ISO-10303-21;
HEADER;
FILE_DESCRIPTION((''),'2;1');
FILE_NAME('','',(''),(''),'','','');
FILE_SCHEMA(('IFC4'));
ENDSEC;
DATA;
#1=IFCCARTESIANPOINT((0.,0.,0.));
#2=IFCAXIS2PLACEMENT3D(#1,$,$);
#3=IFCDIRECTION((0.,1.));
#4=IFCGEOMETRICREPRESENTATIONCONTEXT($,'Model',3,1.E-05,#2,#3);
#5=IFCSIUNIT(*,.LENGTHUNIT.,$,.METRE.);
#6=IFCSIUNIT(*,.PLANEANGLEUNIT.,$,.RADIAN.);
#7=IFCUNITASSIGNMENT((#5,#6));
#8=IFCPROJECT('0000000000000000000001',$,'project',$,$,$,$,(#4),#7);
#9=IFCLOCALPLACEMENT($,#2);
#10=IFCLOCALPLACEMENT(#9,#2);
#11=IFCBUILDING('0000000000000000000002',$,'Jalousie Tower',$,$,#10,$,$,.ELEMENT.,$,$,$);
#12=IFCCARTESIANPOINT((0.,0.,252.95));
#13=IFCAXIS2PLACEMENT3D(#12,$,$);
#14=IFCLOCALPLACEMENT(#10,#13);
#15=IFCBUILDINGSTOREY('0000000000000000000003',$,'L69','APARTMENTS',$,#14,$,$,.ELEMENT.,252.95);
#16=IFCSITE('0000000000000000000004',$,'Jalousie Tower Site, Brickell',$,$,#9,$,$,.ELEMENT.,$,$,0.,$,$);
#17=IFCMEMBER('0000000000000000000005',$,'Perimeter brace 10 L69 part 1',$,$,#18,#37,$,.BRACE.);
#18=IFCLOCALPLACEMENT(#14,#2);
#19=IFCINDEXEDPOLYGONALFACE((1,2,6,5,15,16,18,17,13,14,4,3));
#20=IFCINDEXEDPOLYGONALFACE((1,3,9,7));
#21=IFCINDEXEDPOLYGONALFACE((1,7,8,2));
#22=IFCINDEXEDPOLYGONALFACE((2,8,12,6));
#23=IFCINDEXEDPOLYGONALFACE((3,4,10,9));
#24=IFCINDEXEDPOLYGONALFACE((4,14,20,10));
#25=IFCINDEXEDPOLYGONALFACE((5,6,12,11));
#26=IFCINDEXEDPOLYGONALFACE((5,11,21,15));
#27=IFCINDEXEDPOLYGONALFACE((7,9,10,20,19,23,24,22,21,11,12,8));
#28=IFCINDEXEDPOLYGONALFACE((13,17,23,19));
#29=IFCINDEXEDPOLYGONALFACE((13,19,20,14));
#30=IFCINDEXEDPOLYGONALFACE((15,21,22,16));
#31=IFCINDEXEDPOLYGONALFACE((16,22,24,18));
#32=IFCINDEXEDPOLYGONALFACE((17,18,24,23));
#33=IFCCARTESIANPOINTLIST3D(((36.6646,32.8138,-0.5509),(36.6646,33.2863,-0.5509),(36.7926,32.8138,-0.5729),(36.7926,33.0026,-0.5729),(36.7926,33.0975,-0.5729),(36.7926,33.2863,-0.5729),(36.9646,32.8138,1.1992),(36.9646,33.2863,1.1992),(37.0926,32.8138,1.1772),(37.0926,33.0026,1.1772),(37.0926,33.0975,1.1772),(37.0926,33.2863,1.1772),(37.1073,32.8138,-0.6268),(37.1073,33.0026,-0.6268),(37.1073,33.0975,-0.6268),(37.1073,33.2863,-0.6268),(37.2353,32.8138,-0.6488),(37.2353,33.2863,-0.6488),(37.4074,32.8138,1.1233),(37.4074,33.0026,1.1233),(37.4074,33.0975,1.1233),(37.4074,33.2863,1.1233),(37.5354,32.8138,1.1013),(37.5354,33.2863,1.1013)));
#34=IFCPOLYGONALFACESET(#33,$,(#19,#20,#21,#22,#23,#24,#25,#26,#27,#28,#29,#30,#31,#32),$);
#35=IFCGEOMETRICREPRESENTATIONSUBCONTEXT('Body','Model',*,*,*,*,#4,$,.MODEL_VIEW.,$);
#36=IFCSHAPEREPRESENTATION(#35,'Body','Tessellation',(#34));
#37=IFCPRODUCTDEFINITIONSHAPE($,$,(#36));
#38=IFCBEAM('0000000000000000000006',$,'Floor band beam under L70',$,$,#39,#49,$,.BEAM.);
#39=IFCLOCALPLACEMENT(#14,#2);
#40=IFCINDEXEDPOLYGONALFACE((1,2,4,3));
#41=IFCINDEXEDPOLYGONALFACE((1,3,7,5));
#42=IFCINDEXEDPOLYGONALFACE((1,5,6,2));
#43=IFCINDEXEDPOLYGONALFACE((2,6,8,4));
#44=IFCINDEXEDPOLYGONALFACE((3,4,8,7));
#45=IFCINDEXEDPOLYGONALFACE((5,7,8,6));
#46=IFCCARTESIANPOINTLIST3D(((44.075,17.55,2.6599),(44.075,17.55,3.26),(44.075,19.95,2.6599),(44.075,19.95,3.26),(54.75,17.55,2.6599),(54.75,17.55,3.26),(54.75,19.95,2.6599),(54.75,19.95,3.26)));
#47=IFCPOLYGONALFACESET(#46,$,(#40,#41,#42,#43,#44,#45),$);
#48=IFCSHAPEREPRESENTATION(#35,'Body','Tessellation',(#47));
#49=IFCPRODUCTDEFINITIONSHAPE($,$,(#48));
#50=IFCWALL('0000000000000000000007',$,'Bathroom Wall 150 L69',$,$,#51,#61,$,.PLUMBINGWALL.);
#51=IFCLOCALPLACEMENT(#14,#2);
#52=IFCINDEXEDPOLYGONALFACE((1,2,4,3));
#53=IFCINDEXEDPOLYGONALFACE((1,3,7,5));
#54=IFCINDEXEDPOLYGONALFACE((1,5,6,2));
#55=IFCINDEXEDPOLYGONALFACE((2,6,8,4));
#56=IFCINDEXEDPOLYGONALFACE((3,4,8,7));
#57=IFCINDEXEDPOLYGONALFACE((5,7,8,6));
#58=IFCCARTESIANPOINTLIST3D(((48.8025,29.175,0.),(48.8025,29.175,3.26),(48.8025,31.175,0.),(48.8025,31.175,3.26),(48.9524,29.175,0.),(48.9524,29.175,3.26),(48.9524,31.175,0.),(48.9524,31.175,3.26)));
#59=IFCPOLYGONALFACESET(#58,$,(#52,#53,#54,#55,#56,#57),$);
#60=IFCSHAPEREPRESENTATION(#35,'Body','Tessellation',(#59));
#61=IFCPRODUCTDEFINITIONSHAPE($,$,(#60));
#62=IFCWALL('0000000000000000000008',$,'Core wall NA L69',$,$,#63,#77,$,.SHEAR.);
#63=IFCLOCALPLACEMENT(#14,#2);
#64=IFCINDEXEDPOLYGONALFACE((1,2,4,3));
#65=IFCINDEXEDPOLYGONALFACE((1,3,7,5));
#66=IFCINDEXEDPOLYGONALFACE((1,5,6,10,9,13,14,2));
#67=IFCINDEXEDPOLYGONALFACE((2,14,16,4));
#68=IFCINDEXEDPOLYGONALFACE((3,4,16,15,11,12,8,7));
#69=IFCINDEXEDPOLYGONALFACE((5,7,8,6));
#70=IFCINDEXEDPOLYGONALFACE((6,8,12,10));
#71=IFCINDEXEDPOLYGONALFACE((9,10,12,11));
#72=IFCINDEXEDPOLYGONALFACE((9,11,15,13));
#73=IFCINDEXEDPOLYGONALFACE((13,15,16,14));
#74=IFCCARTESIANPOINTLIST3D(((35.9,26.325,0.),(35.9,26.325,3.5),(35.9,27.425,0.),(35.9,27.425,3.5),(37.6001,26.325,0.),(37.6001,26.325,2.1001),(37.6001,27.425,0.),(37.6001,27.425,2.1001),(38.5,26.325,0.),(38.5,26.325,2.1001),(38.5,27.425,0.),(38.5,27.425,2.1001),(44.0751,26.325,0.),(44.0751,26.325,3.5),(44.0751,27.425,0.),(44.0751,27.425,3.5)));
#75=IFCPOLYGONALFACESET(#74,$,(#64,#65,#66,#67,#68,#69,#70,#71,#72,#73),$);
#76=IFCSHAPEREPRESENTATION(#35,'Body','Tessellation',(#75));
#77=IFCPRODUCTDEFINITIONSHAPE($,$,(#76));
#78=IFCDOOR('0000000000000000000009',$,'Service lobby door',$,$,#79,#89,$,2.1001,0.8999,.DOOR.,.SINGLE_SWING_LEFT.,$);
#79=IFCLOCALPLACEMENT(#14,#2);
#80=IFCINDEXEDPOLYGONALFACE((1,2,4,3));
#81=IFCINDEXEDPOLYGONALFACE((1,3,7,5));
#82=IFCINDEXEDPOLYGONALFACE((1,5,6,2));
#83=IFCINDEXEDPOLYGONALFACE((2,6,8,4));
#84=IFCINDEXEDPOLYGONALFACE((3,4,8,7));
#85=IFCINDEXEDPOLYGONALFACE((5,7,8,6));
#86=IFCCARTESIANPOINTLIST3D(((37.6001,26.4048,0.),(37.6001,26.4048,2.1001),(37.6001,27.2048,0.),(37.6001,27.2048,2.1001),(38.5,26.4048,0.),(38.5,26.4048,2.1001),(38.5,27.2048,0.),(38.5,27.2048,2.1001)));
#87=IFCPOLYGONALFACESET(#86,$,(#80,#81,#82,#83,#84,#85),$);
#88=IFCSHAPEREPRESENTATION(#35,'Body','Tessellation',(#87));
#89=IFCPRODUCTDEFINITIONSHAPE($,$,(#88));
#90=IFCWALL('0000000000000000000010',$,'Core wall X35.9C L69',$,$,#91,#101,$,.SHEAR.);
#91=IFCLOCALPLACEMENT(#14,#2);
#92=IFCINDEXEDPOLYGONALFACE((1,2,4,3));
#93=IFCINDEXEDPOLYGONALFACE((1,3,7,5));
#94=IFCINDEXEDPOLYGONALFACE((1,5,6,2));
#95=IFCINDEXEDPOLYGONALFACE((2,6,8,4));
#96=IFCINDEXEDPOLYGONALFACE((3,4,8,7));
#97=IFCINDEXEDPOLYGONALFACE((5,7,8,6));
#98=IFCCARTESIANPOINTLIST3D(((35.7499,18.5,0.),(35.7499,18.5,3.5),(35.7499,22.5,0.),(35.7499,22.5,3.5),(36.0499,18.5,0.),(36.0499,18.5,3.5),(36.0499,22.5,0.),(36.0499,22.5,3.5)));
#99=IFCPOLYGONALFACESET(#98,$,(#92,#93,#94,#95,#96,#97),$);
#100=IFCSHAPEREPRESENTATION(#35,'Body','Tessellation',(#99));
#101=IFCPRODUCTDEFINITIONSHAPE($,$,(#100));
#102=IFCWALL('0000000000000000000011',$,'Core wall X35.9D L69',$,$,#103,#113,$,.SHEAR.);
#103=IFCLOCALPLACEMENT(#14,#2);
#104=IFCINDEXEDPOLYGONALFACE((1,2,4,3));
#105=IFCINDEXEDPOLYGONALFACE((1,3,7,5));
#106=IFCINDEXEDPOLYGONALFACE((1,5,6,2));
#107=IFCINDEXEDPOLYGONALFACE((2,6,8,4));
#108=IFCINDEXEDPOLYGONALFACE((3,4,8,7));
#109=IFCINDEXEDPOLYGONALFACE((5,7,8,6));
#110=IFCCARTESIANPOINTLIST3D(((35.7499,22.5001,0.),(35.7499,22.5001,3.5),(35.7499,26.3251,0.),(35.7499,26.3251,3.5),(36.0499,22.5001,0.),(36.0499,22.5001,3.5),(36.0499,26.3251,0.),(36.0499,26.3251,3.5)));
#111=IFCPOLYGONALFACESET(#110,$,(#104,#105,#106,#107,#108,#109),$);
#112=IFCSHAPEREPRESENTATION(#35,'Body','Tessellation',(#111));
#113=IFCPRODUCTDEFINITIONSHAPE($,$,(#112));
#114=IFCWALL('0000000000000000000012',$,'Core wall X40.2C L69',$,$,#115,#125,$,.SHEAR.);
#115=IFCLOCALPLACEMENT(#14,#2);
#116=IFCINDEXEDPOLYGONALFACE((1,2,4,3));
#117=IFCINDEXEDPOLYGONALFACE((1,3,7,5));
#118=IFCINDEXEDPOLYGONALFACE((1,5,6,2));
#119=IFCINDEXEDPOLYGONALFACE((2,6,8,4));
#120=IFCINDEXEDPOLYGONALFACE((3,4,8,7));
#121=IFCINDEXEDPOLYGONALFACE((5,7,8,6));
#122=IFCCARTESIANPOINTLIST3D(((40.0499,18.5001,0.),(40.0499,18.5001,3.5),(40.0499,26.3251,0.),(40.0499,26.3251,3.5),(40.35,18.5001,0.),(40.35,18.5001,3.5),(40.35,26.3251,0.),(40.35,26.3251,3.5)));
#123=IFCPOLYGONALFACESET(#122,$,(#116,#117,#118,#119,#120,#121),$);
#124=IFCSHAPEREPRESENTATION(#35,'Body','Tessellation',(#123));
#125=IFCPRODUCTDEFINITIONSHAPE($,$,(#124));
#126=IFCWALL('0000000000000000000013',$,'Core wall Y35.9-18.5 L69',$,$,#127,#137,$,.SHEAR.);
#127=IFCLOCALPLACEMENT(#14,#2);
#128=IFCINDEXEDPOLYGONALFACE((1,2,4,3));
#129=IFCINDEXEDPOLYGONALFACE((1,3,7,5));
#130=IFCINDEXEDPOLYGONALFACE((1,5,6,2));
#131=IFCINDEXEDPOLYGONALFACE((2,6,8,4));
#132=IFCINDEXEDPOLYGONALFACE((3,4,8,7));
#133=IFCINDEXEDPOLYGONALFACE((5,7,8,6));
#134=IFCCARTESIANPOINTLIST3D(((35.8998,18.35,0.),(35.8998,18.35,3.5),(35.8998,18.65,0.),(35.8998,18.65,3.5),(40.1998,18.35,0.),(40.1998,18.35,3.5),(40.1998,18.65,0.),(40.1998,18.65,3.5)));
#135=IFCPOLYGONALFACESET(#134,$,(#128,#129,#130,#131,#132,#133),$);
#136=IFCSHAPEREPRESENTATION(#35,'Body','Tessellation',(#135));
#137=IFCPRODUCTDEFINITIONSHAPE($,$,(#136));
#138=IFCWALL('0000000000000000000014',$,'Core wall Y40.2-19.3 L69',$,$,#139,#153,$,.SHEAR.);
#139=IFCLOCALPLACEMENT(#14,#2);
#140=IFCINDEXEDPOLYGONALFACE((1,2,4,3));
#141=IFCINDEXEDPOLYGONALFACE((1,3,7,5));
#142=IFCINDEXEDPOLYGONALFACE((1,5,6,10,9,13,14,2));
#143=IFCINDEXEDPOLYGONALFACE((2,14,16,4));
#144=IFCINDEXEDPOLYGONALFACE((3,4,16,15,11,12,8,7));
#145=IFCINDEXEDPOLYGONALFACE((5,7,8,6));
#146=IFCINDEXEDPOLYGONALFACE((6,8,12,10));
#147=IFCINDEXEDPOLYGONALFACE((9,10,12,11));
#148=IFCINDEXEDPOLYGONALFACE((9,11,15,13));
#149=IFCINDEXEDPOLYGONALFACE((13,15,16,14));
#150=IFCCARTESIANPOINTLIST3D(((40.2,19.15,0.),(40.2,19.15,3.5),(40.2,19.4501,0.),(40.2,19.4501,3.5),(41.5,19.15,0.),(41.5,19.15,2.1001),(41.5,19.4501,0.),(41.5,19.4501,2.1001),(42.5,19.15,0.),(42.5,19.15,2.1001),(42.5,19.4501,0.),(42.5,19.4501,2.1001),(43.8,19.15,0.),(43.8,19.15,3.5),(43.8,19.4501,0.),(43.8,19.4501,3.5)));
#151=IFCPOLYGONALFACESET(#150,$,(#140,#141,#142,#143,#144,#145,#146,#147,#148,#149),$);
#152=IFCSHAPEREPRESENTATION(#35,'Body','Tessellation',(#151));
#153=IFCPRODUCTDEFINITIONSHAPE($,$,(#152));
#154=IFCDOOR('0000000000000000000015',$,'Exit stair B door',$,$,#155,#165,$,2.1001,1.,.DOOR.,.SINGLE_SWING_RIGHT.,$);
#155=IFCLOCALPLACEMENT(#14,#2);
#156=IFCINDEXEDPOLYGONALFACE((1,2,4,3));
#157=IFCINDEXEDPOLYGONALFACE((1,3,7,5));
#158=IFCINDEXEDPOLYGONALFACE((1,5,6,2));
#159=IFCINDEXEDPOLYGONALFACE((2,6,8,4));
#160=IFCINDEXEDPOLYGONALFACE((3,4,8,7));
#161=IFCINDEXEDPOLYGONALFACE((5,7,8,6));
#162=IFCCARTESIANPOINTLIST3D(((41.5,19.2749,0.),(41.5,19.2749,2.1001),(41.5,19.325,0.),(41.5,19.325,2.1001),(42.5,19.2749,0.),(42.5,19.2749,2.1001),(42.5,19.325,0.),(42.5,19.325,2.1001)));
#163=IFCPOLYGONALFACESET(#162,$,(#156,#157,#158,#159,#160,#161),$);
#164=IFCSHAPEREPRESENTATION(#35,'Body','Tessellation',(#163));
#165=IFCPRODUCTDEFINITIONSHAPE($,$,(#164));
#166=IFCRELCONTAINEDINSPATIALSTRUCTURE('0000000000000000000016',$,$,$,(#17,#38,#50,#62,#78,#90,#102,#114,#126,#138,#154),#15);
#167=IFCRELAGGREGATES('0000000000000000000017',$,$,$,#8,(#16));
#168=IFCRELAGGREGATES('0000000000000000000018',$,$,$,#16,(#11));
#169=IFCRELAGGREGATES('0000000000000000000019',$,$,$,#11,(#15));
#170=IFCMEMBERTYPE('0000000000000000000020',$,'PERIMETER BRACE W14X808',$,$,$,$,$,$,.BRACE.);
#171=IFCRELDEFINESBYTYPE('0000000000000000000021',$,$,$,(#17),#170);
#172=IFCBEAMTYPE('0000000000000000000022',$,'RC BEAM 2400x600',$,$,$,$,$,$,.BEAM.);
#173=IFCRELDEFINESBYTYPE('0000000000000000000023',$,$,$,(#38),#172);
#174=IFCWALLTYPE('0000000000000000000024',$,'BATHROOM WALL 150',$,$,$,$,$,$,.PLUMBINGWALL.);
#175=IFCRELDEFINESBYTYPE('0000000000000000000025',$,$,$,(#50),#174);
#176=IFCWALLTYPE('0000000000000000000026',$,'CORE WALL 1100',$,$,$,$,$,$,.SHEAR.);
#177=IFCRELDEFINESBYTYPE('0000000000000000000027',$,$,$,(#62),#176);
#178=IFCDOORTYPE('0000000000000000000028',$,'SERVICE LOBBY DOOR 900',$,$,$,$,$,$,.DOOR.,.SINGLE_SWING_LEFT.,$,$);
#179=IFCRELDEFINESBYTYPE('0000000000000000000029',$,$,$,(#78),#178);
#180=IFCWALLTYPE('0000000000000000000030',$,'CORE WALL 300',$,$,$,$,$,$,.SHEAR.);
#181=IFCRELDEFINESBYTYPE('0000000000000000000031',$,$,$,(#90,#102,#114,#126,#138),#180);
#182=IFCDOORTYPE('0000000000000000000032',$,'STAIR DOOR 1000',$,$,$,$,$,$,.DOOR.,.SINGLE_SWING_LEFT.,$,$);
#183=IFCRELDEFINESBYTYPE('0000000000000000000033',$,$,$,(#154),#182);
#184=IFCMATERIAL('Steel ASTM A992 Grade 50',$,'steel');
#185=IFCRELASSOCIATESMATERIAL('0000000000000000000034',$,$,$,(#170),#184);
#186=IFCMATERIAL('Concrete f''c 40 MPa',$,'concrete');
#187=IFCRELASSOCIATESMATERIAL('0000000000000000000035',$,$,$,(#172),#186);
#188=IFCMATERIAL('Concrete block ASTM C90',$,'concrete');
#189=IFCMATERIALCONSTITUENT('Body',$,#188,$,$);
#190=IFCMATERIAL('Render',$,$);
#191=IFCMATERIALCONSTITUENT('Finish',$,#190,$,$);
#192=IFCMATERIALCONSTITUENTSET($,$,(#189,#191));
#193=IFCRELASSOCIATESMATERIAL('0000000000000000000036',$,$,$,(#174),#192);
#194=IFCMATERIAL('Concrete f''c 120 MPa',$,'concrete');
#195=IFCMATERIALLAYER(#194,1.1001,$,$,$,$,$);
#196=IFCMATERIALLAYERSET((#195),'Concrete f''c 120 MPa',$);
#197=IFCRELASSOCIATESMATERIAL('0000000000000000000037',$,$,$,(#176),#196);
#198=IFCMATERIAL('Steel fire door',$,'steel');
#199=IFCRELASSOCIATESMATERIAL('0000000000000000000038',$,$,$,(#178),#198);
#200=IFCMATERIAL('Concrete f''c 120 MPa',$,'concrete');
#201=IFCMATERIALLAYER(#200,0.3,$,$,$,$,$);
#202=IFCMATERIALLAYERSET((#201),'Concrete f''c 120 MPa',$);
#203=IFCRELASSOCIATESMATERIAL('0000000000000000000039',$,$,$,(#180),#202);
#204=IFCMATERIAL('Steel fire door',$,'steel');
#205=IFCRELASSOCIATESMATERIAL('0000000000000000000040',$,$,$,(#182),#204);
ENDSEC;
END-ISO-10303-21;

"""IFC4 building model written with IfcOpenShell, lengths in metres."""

from ifc_helpers import new_model, si_unit, direction, frame, frame_2d, origin, origin_2d, place, context, subcontext, project, spatial, rectangle, i_section, extrude, material, layer, layer_set, constituent, constituent_set, material_profile, profile_set, type_object, element, fill, save


model = new_model("IFC4")

# Units and contexts
model_context = context("Model", 3, precision=1e-05, world=origin(), true_north=direction((0.0, 1.0)))
body_context = subcontext(model_context, "Body", "Model", "MODEL_VIEW")
ifc_project = project(units=[si_unit("LENGTHUNIT", "METRE"), si_unit("PLANEANGLEUNIT", "RADIAN")], contexts=[model_context])

# Site, building, storey
site_placement = place(None, origin())
site = spatial("IfcSite", under=ifc_project, at=site_placement, Name="Jalousie Tower Site, Brickell", CompositionType="ELEMENT", RefElevation=0.0)
building_placement = place(site_placement, origin())
building = spatial("IfcBuilding", under=site, at=building_placement, Name="Jalousie Tower", CompositionType="ELEMENT")
storey_placement = place(building_placement, frame((0.0, 0.0, 252.95)))
storey = spatial("IfcBuildingStorey", under=building, at=storey_placement, Name="L69", Description="APARTMENTS", CompositionType="ELEMENT", Elevation=252.95)

# Member
ifc_material_1 = material(Name="Steel ASTM A992 Grade 50", Category="steel")
ifc_material_profile_1 = material_profile(ifc_material_1, i_section(OverallWidth=0.4724, OverallDepth=0.5791, WebThickness=0.095, FlangeThickness=0.1299, at=origin_2d()), Name="W14X808")
ifc_profile_set_1 = profile_set([ifc_material_profile_1], Name="Steel ASTM A992 Grade 50")
member_type = type_object("IfcMemberType", Name="PERIMETER BRACE W14X808", PredefinedType="BRACE", material=ifc_profile_set_1)
member_placement = place(storey_placement, frame((36.95, 33.05, -0.5999), z_axis=(0.168991, 0.0, 0.985618), x_axis=(0.0, 1.0, 0.0)))
element("IfcMember", 1, at=member_placement, inside=storey, type_object=member_type, Name="Perimeter brace 10 L69 part 1", PredefinedType="BRACE", context=body_context, shape_type="SweptSolid", body=[
    extrude(i_section(OverallWidth=0.4724, OverallDepth=0.5791, WebThickness=0.095, FlangeThickness=0.1299, at=origin_2d()), origin(), (0.0, 0.0, 1.0), 1.7756),
])

# Beam
ifc_material_2 = material(Name="Concrete f'c 40 MPa", Category="concrete")
ifc_material_profile_2 = material_profile(ifc_material_2, rectangle(XDim=2.3999, YDim=0.6001, at=origin_2d()), Name="RC 2400x600")
ifc_profile_set_2 = profile_set([ifc_material_profile_2], Name="Concrete f'c 40 MPa")
beam_type = type_object("IfcBeamType", Name="RC BEAM 2400x600", PredefinedType="BEAM", material=ifc_profile_set_2)
beam_placement = place(storey_placement, frame((44.075, 18.75, 2.96), z_axis=(1.0, 0.0, 0.0), x_axis=(0.0, 1.0, 0.0)))
element("IfcBeam", 2, at=beam_placement, inside=storey, type_object=beam_type, Name="Floor band beam under L70", PredefinedType="BEAM", context=body_context, shape_type="SweptSolid", body=[
    extrude(rectangle(XDim=2.3999, YDim=0.6001, at=origin_2d()), origin(), (0.0, 0.0, 1.0), 10.675),
])

# Wall
ifc_material_3 = material(Name="Concrete block ASTM C90", Category="concrete")
ifc_constituent_1 = constituent(ifc_material_3, Name="Body")
ifc_material_4 = material(Name="Render")
ifc_constituent_2 = constituent(ifc_material_4, Name="Finish")
ifc_constituent_set_1 = constituent_set(constituents=[ifc_constituent_1, ifc_constituent_2])
wall_type_1 = type_object("IfcWallType", Name="BATHROOM WALL 150", PredefinedType="PLUMBINGWALL", material=ifc_constituent_set_1)
wall_1_placement = place(storey_placement, frame((48.8774, 29.175, 0.0), z_axis=(0.0, 0.0, 1.0), x_axis=(0.0, 1.0, 0.0)))
element("IfcWall", 3, at=wall_1_placement, inside=storey, type_object=wall_type_1, Name="Bathroom Wall 150 L69", PredefinedType="PLUMBINGWALL", context=body_context, shape_type="SweptSolid", body=[
    extrude(rectangle(XDim=2.0, YDim=0.1499, at=frame_2d((1.0, 0.0))), origin(), (0.0, 0.0, 1.0), 3.26),
])

# Wall, opening, door
ifc_material_5 = material(Name="Concrete f'c 120 MPa", Category="concrete")
ifc_layer_1 = layer(ifc_material_5, 1.1001)
ifc_layer_set_1 = layer_set([ifc_layer_1], Name="Concrete f'c 120 MPa")
wall_type_2 = type_object("IfcWallType", Name="CORE WALL 1100", PredefinedType="SHEAR", material=ifc_layer_set_1)
wall_2_placement = place(storey_placement, frame((44.075, 26.875, 0.0), z_axis=(0.0, 0.0, 1.0), x_axis=(-1.0, 0.0, 0.0)))
wall_2 = element("IfcWall", 4, at=wall_2_placement, inside=storey, type_object=wall_type_2, Name="Core wall NA L69", PredefinedType="SHEAR", context=body_context, shape_type="SweptSolid", body=[
    extrude(rectangle(XDim=8.175, YDim=1.1001, at=frame_2d((4.0874, 0.0))), origin(), (0.0, 0.0, 1.0), 3.5),
])
opening_1_placement = place(wall_2_placement, frame((5.575, 0.0, 0.0)))
opening_1 = element("IfcOpeningElement", 5, at=opening_1_placement, cuts=wall_2, PredefinedType="OPENING", context=body_context, shape_type="SweptSolid", body=[
    extrude(rectangle(XDim=0.8999, YDim=2.1001, at=frame_2d((0.45, 1.05))), frame((0.0, 0.5601, 0.0), z_axis=(0.0, -1.0, 0.0), x_axis=(1.0, 0.0, 0.0)), (0.0, 0.0, 1.0), 1.1201),
])
ifc_material_6 = material(Name="Steel fire door", Category="steel")
door_type_1 = type_object("IfcDoorType", Name="SERVICE LOBBY DOOR 900", OperationType="SINGLE_SWING_LEFT", PredefinedType="DOOR", material=ifc_material_6)
door_1_placement = place(opening_1_placement, origin())
door_1 = element("IfcDoor", 6, at=door_1_placement, inside=storey, type_object=door_type_1, Name="Service lobby door", OperationType="SINGLE_SWING_LEFT", OverallHeight=2.1001, OverallWidth=0.8999, PredefinedType="DOOR", context=body_context, shape_type="SweptSolid", body=[
    extrude(rectangle(XDim=0.8999, YDim=2.1001, at=frame_2d((0.45, 1.05))), frame((0.0, 0.4702, 0.0), z_axis=(0.0, -1.0, 0.0), x_axis=(1.0, 0.0, 0.0)), (0.0, 0.0, 1.0), 0.8),
])
fill(opening_1, door_1)

# Walls
ifc_material_7 = material(Name="Concrete f'c 120 MPa", Category="concrete")
ifc_layer_2 = layer(ifc_material_7, 0.3)
ifc_layer_set_2 = layer_set([ifc_layer_2], Name="Concrete f'c 120 MPa")
wall_type_3 = type_object("IfcWallType", Name="CORE WALL 300", PredefinedType="SHEAR", material=ifc_layer_set_2)
wall_3_placement = place(storey_placement, frame((35.8999, 18.5, 0.0), z_axis=(0.0, 0.0, 1.0), x_axis=(0.0, 1.0, 0.0)))
element("IfcWall", 7, at=wall_3_placement, inside=storey, type_object=wall_type_3, Name="Core wall X35.9C L69", PredefinedType="SHEAR", context=body_context, shape_type="SweptSolid", body=[
    extrude(rectangle(XDim=4.0, YDim=0.3, at=frame_2d((2.0, 0.0))), origin(), (0.0, 0.0, 1.0), 3.5),
])
wall_4_placement = place(storey_placement, frame((35.8999, 22.5, 0.0), z_axis=(0.0, 0.0, 1.0), x_axis=(0.0, 1.0, 0.0)))
element("IfcWall", 8, at=wall_4_placement, inside=storey, type_object=wall_type_3, Name="Core wall X35.9D L69", PredefinedType="SHEAR", context=body_context, shape_type="SweptSolid", body=[
    extrude(rectangle(XDim=3.825, YDim=0.3, at=frame_2d((1.9126, 0.0))), origin(), (0.0, 0.0, 1.0), 3.5),
])
wall_5_placement = place(storey_placement, frame((40.2, 18.5, 0.0), z_axis=(0.0, 0.0, 1.0), x_axis=(0.0, 1.0, 0.0)))
element("IfcWall", 9, at=wall_5_placement, inside=storey, type_object=wall_type_3, Name="Core wall X40.2C L69", PredefinedType="SHEAR", context=body_context, shape_type="SweptSolid", body=[
    extrude(rectangle(XDim=7.825, YDim=0.3, at=frame_2d((3.9126, 0.0))), origin(), (0.0, 0.0, 1.0), 3.5),
])
wall_6_placement = place(storey_placement, frame((35.8999, 18.5, 0.0), z_axis=(0.0, 0.0, 1.0), x_axis=(1.0, 0.0, 0.0)))
element("IfcWall", 10, at=wall_6_placement, inside=storey, type_object=wall_type_3, Name="Core wall Y35.9-18.5 L69", PredefinedType="SHEAR", context=body_context, shape_type="SweptSolid", body=[
    extrude(rectangle(XDim=4.3, YDim=0.3, at=frame_2d((2.1499, 0.0))), origin(), (0.0, 0.0, 1.0), 3.5),
])

# Wall, opening, door
wall_7_placement = place(storey_placement, frame((40.2, 19.3, 0.0), z_axis=(0.0, 0.0, 1.0), x_axis=(1.0, 0.0, 0.0)))
wall_7 = element("IfcWall", 11, at=wall_7_placement, inside=storey, type_object=wall_type_3, Name="Core wall Y40.2-19.3 L69", PredefinedType="SHEAR", context=body_context, shape_type="SweptSolid", body=[
    extrude(rectangle(XDim=3.6001, YDim=0.3, at=frame_2d((1.8, 0.0))), origin(), (0.0, 0.0, 1.0), 3.5),
])
opening_2_placement = place(wall_7_placement, frame((1.3, 0.0, 0.0)))
opening_2 = element("IfcOpeningElement", 12, at=opening_2_placement, cuts=wall_7, PredefinedType="OPENING", context=body_context, shape_type="SweptSolid", body=[
    extrude(rectangle(XDim=1.0, YDim=2.1001, at=frame_2d((0.5, 1.05))), frame((0.0, 0.1599, 0.0), z_axis=(0.0, -1.0, 0.0), x_axis=(1.0, 0.0, 0.0)), (0.0, 0.0, 1.0), 0.3201),
])
ifc_material_8 = material(Name="Steel fire door", Category="steel")
door_type_2 = type_object("IfcDoorType", Name="STAIR DOOR 1000", OperationType="SINGLE_SWING_LEFT", PredefinedType="DOOR", material=ifc_material_8)
door_2_placement = place(opening_2_placement, origin())
door_2 = element("IfcDoor", 13, at=door_2_placement, inside=storey, type_object=door_type_2, Name="Exit stair B door", OperationType="SINGLE_SWING_RIGHT", OverallHeight=2.1001, OverallWidth=1.0, PredefinedType="DOOR", context=body_context, shape_type="SweptSolid", body=[
    extrude(rectangle(XDim=1.0, YDim=2.1001, at=frame_2d((0.5, 1.05))), frame((0.0, 0.0249, 0.0), z_axis=(0.0, -1.0, 0.0), x_axis=(1.0, 0.0, 0.0)), (0.0, 0.0, 1.0), 0.05),
])
fill(opening_2, door_2)

save(model, "model.ifc")
